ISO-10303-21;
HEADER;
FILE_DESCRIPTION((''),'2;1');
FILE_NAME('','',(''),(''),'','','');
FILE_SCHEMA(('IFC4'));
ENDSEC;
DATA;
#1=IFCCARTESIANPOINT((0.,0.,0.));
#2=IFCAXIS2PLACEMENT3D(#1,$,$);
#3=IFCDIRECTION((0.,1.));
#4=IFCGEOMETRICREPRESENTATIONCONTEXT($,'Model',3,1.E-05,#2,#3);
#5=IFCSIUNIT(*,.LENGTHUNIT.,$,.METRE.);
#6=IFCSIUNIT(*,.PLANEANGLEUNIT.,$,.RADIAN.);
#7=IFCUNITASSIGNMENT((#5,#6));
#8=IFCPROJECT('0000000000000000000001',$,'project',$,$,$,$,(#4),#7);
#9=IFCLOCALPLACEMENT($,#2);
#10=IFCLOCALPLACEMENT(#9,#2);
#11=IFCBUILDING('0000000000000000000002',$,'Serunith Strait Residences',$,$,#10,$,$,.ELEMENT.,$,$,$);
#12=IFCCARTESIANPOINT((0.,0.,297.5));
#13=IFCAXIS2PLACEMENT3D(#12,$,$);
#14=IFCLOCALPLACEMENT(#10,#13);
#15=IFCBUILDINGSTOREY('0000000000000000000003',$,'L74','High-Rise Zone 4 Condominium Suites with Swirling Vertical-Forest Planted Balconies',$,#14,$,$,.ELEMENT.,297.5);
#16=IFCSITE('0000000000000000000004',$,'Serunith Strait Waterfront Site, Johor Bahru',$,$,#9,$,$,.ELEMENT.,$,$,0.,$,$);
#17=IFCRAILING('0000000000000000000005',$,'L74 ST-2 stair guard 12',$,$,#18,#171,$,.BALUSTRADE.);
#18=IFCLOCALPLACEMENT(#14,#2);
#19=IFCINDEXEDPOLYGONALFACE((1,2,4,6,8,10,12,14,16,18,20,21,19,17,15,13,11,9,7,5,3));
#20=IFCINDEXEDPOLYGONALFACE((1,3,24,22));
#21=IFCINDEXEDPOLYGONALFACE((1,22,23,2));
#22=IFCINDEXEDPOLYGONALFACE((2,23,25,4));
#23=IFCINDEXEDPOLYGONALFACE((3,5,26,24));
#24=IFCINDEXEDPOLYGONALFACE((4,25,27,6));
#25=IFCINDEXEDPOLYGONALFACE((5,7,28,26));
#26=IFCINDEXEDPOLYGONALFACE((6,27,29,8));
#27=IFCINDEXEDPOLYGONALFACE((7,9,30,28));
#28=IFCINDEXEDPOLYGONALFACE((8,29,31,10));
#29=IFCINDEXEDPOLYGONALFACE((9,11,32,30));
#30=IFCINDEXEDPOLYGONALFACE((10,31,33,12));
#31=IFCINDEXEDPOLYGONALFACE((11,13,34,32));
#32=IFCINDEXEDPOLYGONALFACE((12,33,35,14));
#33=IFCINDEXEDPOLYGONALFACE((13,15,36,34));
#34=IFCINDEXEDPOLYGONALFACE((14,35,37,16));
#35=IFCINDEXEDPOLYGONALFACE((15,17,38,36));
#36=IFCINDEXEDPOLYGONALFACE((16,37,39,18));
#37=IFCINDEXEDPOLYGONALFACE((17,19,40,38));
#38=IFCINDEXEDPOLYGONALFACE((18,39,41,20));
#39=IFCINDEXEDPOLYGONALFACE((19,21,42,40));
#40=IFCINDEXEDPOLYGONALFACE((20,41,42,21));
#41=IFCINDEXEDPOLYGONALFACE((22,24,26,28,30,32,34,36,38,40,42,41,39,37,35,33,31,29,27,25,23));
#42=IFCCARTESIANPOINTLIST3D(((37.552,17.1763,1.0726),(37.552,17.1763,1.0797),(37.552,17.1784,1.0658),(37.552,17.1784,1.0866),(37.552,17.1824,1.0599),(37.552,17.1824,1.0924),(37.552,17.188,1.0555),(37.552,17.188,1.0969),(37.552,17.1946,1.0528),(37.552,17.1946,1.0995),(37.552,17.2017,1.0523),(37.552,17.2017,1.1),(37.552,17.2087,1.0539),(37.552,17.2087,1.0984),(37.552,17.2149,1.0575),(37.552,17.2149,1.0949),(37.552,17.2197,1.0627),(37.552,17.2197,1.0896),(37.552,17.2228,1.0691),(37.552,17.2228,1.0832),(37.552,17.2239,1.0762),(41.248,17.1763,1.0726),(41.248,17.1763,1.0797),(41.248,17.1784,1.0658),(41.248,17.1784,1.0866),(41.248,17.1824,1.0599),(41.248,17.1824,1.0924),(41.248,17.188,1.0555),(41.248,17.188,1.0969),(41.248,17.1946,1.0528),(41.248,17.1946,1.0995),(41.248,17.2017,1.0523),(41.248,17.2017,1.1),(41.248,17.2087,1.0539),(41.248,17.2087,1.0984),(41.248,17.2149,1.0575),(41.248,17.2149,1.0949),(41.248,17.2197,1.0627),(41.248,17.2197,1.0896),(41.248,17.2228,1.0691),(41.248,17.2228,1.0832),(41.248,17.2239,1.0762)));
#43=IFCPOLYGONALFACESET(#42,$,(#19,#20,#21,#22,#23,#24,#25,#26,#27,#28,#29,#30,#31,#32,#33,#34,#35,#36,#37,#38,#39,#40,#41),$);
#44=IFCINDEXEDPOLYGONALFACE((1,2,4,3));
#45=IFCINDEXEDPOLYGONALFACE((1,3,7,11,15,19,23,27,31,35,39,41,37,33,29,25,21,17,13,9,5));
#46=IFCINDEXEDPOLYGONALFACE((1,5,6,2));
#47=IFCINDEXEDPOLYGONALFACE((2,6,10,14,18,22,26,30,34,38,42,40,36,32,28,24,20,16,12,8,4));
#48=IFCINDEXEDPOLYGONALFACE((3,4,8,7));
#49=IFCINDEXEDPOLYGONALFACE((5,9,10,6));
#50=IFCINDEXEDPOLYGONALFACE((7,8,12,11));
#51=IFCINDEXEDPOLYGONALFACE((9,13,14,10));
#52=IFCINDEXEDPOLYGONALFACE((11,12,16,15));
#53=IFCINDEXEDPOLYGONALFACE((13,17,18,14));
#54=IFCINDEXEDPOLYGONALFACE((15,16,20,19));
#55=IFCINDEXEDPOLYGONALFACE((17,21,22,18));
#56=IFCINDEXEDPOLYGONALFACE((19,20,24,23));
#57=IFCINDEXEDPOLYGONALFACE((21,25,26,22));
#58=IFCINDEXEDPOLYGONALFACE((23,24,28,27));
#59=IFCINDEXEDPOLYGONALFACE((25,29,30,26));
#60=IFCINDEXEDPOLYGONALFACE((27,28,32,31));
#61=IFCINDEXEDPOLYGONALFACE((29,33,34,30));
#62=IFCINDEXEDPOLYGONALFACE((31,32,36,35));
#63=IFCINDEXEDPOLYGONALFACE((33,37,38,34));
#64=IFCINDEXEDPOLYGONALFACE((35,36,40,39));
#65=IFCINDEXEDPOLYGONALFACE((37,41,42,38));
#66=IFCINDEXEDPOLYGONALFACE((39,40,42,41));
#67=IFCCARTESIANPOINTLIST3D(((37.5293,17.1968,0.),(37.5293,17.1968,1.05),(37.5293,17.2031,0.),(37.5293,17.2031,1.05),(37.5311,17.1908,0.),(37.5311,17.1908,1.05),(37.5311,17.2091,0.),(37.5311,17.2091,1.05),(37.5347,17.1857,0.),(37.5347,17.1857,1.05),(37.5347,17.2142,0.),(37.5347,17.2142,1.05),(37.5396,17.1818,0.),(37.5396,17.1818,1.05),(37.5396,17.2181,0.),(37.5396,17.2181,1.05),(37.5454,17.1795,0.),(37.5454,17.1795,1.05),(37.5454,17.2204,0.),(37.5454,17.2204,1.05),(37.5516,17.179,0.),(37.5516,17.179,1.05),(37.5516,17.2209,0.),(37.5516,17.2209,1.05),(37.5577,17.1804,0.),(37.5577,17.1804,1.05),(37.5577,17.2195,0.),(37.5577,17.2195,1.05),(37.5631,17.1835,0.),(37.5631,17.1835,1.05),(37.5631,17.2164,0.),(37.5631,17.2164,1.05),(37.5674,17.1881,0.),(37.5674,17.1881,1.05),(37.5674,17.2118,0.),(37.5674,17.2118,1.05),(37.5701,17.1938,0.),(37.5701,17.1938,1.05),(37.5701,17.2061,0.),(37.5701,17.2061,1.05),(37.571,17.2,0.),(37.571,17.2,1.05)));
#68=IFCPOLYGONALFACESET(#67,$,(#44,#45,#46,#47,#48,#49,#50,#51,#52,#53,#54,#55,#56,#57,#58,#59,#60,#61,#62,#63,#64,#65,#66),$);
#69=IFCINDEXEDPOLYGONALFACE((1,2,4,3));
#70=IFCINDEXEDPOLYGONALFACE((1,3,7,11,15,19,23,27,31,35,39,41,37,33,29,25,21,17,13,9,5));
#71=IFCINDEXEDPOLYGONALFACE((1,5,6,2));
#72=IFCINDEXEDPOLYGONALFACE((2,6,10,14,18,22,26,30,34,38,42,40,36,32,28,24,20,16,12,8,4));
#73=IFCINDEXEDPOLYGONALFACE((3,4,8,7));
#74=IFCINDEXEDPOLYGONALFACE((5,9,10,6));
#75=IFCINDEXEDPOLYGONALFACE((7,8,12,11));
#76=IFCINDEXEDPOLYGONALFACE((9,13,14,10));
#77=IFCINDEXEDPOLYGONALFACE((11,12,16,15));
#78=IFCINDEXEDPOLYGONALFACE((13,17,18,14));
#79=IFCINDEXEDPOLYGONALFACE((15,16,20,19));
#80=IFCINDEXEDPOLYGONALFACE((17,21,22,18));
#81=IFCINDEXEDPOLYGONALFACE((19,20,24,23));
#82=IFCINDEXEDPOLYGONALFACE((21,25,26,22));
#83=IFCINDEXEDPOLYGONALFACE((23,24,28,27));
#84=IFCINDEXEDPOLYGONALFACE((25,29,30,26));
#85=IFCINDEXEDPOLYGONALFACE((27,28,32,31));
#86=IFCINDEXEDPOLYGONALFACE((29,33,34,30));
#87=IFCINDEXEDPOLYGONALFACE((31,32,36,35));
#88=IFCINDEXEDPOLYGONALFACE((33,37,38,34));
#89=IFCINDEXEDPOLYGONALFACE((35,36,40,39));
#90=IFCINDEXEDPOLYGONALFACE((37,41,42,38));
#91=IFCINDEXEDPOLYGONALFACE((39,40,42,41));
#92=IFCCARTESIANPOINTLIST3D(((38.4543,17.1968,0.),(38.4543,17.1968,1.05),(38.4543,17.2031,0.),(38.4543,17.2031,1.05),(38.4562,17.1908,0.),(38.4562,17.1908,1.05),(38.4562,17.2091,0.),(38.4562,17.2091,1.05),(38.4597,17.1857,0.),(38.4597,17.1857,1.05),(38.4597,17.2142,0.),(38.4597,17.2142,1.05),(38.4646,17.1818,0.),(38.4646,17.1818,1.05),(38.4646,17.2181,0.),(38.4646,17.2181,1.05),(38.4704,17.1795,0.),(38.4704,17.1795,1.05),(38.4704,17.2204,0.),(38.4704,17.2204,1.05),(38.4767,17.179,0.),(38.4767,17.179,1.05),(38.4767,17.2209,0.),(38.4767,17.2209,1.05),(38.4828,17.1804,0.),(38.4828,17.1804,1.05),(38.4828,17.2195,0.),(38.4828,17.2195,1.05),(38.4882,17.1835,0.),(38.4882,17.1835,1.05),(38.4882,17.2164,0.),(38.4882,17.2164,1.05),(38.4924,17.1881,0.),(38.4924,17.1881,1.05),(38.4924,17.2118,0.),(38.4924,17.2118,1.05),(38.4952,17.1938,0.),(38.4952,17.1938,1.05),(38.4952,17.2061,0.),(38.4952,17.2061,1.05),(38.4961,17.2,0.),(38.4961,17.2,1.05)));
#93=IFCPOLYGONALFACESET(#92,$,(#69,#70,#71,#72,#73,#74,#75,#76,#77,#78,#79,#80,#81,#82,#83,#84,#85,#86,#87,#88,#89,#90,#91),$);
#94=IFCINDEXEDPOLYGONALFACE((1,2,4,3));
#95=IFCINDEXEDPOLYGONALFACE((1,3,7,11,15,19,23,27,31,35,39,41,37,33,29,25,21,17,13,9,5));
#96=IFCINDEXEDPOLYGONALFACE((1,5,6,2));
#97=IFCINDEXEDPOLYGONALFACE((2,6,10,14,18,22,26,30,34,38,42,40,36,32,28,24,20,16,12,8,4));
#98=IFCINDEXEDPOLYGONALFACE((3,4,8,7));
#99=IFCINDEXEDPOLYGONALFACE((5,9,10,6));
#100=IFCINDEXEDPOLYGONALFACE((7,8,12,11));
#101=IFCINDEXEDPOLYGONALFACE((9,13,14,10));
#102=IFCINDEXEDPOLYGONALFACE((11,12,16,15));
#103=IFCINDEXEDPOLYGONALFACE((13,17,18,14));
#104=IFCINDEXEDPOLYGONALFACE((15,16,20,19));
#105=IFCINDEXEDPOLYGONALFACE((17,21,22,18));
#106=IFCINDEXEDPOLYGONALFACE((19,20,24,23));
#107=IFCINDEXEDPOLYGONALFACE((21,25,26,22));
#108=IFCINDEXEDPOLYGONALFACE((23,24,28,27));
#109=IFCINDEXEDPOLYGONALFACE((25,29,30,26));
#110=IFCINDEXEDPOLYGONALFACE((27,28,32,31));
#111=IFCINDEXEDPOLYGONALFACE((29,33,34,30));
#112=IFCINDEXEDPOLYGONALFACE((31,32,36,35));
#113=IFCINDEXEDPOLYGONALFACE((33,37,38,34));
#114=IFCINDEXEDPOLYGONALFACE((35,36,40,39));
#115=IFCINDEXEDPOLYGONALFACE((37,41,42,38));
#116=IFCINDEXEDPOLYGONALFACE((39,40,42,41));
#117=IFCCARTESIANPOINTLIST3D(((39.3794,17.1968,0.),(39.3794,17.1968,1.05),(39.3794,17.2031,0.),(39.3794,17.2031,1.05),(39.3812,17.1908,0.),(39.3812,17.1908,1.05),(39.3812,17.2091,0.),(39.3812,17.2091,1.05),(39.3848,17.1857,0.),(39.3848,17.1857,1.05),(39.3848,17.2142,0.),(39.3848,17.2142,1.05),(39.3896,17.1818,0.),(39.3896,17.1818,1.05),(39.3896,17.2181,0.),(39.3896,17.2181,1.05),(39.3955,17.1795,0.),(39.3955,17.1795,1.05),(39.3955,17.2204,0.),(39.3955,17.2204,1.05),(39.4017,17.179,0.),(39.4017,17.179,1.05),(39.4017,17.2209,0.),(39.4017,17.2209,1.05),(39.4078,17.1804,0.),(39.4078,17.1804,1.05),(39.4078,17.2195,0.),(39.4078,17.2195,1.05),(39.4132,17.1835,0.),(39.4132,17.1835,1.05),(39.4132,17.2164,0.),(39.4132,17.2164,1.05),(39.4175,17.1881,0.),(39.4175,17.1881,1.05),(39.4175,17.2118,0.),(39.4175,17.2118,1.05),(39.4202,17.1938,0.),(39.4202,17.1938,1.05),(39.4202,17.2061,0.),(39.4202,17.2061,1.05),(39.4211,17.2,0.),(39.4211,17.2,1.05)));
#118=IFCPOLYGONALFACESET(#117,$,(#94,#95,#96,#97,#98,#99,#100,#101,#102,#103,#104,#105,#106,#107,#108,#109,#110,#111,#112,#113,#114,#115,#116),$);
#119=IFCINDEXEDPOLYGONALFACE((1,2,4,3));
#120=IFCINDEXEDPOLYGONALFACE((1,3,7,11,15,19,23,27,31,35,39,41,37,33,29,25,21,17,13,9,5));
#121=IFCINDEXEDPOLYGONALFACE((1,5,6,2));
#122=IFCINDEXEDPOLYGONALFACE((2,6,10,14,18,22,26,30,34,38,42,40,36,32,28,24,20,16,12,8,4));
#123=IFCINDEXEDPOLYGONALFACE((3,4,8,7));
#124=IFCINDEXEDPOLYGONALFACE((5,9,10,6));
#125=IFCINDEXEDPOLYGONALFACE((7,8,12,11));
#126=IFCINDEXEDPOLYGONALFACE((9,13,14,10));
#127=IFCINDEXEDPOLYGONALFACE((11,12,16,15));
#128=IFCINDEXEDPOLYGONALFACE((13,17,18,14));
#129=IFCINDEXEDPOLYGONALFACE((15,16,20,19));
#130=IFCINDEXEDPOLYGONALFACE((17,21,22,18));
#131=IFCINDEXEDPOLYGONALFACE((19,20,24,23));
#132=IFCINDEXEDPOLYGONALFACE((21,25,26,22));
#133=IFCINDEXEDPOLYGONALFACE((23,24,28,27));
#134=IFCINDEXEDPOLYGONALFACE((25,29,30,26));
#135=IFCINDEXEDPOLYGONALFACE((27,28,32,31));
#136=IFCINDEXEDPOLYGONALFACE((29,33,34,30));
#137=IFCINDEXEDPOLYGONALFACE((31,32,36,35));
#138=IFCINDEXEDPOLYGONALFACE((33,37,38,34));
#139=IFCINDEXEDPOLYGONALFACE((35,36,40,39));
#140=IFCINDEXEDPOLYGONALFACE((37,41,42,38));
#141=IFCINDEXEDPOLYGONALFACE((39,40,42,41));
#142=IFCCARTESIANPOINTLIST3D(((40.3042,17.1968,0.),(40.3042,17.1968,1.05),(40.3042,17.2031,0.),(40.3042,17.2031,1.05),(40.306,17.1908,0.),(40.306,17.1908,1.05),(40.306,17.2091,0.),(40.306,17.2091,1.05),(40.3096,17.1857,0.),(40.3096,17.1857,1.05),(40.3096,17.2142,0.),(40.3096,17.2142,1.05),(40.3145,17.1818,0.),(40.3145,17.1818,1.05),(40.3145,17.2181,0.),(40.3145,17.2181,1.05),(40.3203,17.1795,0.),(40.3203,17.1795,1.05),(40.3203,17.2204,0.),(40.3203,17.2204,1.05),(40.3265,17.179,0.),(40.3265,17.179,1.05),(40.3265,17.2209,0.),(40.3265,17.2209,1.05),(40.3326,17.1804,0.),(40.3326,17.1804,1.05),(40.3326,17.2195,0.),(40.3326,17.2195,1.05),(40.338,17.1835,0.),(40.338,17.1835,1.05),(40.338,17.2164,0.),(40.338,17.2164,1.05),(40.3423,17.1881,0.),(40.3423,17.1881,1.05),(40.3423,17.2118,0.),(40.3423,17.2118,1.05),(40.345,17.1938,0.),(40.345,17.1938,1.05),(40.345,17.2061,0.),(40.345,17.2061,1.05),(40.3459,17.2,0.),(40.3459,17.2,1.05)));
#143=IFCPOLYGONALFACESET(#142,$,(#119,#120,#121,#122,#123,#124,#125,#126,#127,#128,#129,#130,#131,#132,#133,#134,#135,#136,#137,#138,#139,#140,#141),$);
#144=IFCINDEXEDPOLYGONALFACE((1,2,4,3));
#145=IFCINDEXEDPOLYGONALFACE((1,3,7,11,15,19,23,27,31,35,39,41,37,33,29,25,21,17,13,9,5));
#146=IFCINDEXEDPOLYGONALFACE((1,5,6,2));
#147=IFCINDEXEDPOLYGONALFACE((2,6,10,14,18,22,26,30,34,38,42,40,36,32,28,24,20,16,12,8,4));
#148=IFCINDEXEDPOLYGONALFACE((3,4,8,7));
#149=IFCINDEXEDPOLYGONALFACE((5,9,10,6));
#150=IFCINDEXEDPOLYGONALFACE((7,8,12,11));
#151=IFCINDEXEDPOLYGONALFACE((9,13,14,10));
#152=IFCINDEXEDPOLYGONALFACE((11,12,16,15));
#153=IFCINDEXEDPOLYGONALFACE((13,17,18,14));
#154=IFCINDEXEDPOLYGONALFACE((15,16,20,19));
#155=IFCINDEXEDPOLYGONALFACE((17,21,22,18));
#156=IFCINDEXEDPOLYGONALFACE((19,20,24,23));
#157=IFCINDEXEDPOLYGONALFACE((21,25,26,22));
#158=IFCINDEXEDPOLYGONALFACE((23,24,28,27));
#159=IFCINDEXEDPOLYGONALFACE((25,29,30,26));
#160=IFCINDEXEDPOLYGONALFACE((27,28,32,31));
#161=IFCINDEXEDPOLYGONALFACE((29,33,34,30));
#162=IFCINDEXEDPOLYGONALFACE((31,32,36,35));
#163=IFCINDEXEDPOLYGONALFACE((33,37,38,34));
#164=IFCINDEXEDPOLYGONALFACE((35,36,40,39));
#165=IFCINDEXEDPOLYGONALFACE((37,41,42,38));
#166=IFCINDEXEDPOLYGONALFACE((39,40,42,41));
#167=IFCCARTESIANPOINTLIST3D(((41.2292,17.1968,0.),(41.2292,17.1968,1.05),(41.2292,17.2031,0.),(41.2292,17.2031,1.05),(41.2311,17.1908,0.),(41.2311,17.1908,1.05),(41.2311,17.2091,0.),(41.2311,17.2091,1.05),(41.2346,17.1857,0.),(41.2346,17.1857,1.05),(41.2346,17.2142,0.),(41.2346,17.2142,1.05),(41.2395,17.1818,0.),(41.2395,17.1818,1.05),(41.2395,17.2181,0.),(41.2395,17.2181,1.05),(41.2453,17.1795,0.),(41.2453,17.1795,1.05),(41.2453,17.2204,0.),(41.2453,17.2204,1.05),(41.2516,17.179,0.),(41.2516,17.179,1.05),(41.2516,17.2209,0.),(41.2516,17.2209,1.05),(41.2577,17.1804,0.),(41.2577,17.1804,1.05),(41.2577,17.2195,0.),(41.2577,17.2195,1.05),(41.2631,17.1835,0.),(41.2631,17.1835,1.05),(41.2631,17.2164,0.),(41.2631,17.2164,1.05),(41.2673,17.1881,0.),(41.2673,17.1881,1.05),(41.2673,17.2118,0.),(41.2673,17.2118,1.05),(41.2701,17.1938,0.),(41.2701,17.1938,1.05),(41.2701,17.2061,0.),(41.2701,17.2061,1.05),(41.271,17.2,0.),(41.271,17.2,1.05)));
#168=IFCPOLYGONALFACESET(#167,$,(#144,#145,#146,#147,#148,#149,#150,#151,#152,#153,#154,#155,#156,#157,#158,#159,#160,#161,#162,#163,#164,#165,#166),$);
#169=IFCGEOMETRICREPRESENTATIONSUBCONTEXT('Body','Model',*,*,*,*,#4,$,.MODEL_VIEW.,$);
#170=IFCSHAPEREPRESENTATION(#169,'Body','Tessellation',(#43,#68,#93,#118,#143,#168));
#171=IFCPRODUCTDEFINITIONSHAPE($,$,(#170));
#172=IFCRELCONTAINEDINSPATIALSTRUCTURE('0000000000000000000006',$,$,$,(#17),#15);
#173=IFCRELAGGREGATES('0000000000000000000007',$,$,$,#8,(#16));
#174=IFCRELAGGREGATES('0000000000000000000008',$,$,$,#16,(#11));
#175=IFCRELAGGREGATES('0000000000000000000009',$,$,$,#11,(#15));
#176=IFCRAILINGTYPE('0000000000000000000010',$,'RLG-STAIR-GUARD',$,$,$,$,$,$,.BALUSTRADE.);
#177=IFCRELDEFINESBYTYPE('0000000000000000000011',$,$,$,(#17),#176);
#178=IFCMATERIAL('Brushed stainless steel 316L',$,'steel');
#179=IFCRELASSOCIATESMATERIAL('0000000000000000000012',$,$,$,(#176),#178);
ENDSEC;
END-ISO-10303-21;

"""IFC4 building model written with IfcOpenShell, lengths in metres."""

from ifc_helpers import new_model, si_unit, direction, frame, origin, origin_2d, place, context, subcontext, project, spatial, circle, extrude, material, type_object, element, save


model = new_model("IFC4")

# Units and contexts
model_context = context("Model", 3, precision=1e-05, world=origin(), true_north=direction((0.0, 1.0)))
body_context = subcontext(model_context, "Body", "Model", "MODEL_VIEW")
ifc_project = project(units=[si_unit("LENGTHUNIT", "METRE"), si_unit("PLANEANGLEUNIT", "RADIAN")], contexts=[model_context])

# Site, building, storey
site_placement = place(None, origin())
site = spatial("IfcSite", under=ifc_project, at=site_placement, Name="Serunith Strait Waterfront Site, Johor Bahru", CompositionType="ELEMENT", RefElevation=0.0)
building_placement = place(site_placement, origin())
building = spatial("IfcBuilding", under=site, at=building_placement, Name="Serunith Strait Residences", CompositionType="ELEMENT")
storey_placement = place(building_placement, frame((0.0, 0.0, 297.5)))
storey = spatial("IfcBuildingStorey", under=building, at=storey_placement, Name="L74", Description="High-Rise Zone 4 Condominium Suites with Swirling Vertical-Forest Planted Balconies", CompositionType="ELEMENT", Elevation=297.5)

# Railing
ifc_material_1 = material(Name="Brushed stainless steel 316L", Category="steel")
railing_type_1 = type_object("IfcRailingType", Name="RLG-STAIR-GUARD", PredefinedType="BALUSTRADE", material=ifc_material_1)
railing_1_placement = place(storey_placement, frame((37.55, 17.2, 0.0)))
element("IfcRailing", 1, at=railing_1_placement, inside=storey, type_object=railing_type_1, Name="L74 ST-2 stair guard 12", PredefinedType="BALUSTRADE", context=body_context, shape_type="SweptSolid", body=[
    extrude(circle(Radius=0.0239, at=origin_2d()), frame((0.002, 0.0, 1.0762), z_axis=(1.0, 0.0, 0.0), x_axis=(0.0, 1.0, 0.0)), (0.0, 0.0, 1.0), 3.696),
    extrude(circle(Radius=0.021, at=origin_2d()), origin(), (0.0, 0.0, 1.0), 1.05),
    extrude(circle(Radius=0.021, at=origin_2d()), frame((0.925, 0.0, 0.0)), (0.0, 0.0, 1.0), 1.05),
    extrude(circle(Radius=0.021, at=origin_2d()), frame((1.8501, 0.0, 0.0)), (0.0, 0.0, 1.0), 1.05),
    extrude(circle(Radius=0.021, at=origin_2d()), frame((2.7749, 0.0, 0.0)), (0.0, 0.0, 1.0), 1.05),
    extrude(circle(Radius=0.021, at=origin_2d()), frame((3.7, 0.0, 0.0)), (0.0, 0.0, 1.0), 1.05),
])

save(model, "model.ifc")
